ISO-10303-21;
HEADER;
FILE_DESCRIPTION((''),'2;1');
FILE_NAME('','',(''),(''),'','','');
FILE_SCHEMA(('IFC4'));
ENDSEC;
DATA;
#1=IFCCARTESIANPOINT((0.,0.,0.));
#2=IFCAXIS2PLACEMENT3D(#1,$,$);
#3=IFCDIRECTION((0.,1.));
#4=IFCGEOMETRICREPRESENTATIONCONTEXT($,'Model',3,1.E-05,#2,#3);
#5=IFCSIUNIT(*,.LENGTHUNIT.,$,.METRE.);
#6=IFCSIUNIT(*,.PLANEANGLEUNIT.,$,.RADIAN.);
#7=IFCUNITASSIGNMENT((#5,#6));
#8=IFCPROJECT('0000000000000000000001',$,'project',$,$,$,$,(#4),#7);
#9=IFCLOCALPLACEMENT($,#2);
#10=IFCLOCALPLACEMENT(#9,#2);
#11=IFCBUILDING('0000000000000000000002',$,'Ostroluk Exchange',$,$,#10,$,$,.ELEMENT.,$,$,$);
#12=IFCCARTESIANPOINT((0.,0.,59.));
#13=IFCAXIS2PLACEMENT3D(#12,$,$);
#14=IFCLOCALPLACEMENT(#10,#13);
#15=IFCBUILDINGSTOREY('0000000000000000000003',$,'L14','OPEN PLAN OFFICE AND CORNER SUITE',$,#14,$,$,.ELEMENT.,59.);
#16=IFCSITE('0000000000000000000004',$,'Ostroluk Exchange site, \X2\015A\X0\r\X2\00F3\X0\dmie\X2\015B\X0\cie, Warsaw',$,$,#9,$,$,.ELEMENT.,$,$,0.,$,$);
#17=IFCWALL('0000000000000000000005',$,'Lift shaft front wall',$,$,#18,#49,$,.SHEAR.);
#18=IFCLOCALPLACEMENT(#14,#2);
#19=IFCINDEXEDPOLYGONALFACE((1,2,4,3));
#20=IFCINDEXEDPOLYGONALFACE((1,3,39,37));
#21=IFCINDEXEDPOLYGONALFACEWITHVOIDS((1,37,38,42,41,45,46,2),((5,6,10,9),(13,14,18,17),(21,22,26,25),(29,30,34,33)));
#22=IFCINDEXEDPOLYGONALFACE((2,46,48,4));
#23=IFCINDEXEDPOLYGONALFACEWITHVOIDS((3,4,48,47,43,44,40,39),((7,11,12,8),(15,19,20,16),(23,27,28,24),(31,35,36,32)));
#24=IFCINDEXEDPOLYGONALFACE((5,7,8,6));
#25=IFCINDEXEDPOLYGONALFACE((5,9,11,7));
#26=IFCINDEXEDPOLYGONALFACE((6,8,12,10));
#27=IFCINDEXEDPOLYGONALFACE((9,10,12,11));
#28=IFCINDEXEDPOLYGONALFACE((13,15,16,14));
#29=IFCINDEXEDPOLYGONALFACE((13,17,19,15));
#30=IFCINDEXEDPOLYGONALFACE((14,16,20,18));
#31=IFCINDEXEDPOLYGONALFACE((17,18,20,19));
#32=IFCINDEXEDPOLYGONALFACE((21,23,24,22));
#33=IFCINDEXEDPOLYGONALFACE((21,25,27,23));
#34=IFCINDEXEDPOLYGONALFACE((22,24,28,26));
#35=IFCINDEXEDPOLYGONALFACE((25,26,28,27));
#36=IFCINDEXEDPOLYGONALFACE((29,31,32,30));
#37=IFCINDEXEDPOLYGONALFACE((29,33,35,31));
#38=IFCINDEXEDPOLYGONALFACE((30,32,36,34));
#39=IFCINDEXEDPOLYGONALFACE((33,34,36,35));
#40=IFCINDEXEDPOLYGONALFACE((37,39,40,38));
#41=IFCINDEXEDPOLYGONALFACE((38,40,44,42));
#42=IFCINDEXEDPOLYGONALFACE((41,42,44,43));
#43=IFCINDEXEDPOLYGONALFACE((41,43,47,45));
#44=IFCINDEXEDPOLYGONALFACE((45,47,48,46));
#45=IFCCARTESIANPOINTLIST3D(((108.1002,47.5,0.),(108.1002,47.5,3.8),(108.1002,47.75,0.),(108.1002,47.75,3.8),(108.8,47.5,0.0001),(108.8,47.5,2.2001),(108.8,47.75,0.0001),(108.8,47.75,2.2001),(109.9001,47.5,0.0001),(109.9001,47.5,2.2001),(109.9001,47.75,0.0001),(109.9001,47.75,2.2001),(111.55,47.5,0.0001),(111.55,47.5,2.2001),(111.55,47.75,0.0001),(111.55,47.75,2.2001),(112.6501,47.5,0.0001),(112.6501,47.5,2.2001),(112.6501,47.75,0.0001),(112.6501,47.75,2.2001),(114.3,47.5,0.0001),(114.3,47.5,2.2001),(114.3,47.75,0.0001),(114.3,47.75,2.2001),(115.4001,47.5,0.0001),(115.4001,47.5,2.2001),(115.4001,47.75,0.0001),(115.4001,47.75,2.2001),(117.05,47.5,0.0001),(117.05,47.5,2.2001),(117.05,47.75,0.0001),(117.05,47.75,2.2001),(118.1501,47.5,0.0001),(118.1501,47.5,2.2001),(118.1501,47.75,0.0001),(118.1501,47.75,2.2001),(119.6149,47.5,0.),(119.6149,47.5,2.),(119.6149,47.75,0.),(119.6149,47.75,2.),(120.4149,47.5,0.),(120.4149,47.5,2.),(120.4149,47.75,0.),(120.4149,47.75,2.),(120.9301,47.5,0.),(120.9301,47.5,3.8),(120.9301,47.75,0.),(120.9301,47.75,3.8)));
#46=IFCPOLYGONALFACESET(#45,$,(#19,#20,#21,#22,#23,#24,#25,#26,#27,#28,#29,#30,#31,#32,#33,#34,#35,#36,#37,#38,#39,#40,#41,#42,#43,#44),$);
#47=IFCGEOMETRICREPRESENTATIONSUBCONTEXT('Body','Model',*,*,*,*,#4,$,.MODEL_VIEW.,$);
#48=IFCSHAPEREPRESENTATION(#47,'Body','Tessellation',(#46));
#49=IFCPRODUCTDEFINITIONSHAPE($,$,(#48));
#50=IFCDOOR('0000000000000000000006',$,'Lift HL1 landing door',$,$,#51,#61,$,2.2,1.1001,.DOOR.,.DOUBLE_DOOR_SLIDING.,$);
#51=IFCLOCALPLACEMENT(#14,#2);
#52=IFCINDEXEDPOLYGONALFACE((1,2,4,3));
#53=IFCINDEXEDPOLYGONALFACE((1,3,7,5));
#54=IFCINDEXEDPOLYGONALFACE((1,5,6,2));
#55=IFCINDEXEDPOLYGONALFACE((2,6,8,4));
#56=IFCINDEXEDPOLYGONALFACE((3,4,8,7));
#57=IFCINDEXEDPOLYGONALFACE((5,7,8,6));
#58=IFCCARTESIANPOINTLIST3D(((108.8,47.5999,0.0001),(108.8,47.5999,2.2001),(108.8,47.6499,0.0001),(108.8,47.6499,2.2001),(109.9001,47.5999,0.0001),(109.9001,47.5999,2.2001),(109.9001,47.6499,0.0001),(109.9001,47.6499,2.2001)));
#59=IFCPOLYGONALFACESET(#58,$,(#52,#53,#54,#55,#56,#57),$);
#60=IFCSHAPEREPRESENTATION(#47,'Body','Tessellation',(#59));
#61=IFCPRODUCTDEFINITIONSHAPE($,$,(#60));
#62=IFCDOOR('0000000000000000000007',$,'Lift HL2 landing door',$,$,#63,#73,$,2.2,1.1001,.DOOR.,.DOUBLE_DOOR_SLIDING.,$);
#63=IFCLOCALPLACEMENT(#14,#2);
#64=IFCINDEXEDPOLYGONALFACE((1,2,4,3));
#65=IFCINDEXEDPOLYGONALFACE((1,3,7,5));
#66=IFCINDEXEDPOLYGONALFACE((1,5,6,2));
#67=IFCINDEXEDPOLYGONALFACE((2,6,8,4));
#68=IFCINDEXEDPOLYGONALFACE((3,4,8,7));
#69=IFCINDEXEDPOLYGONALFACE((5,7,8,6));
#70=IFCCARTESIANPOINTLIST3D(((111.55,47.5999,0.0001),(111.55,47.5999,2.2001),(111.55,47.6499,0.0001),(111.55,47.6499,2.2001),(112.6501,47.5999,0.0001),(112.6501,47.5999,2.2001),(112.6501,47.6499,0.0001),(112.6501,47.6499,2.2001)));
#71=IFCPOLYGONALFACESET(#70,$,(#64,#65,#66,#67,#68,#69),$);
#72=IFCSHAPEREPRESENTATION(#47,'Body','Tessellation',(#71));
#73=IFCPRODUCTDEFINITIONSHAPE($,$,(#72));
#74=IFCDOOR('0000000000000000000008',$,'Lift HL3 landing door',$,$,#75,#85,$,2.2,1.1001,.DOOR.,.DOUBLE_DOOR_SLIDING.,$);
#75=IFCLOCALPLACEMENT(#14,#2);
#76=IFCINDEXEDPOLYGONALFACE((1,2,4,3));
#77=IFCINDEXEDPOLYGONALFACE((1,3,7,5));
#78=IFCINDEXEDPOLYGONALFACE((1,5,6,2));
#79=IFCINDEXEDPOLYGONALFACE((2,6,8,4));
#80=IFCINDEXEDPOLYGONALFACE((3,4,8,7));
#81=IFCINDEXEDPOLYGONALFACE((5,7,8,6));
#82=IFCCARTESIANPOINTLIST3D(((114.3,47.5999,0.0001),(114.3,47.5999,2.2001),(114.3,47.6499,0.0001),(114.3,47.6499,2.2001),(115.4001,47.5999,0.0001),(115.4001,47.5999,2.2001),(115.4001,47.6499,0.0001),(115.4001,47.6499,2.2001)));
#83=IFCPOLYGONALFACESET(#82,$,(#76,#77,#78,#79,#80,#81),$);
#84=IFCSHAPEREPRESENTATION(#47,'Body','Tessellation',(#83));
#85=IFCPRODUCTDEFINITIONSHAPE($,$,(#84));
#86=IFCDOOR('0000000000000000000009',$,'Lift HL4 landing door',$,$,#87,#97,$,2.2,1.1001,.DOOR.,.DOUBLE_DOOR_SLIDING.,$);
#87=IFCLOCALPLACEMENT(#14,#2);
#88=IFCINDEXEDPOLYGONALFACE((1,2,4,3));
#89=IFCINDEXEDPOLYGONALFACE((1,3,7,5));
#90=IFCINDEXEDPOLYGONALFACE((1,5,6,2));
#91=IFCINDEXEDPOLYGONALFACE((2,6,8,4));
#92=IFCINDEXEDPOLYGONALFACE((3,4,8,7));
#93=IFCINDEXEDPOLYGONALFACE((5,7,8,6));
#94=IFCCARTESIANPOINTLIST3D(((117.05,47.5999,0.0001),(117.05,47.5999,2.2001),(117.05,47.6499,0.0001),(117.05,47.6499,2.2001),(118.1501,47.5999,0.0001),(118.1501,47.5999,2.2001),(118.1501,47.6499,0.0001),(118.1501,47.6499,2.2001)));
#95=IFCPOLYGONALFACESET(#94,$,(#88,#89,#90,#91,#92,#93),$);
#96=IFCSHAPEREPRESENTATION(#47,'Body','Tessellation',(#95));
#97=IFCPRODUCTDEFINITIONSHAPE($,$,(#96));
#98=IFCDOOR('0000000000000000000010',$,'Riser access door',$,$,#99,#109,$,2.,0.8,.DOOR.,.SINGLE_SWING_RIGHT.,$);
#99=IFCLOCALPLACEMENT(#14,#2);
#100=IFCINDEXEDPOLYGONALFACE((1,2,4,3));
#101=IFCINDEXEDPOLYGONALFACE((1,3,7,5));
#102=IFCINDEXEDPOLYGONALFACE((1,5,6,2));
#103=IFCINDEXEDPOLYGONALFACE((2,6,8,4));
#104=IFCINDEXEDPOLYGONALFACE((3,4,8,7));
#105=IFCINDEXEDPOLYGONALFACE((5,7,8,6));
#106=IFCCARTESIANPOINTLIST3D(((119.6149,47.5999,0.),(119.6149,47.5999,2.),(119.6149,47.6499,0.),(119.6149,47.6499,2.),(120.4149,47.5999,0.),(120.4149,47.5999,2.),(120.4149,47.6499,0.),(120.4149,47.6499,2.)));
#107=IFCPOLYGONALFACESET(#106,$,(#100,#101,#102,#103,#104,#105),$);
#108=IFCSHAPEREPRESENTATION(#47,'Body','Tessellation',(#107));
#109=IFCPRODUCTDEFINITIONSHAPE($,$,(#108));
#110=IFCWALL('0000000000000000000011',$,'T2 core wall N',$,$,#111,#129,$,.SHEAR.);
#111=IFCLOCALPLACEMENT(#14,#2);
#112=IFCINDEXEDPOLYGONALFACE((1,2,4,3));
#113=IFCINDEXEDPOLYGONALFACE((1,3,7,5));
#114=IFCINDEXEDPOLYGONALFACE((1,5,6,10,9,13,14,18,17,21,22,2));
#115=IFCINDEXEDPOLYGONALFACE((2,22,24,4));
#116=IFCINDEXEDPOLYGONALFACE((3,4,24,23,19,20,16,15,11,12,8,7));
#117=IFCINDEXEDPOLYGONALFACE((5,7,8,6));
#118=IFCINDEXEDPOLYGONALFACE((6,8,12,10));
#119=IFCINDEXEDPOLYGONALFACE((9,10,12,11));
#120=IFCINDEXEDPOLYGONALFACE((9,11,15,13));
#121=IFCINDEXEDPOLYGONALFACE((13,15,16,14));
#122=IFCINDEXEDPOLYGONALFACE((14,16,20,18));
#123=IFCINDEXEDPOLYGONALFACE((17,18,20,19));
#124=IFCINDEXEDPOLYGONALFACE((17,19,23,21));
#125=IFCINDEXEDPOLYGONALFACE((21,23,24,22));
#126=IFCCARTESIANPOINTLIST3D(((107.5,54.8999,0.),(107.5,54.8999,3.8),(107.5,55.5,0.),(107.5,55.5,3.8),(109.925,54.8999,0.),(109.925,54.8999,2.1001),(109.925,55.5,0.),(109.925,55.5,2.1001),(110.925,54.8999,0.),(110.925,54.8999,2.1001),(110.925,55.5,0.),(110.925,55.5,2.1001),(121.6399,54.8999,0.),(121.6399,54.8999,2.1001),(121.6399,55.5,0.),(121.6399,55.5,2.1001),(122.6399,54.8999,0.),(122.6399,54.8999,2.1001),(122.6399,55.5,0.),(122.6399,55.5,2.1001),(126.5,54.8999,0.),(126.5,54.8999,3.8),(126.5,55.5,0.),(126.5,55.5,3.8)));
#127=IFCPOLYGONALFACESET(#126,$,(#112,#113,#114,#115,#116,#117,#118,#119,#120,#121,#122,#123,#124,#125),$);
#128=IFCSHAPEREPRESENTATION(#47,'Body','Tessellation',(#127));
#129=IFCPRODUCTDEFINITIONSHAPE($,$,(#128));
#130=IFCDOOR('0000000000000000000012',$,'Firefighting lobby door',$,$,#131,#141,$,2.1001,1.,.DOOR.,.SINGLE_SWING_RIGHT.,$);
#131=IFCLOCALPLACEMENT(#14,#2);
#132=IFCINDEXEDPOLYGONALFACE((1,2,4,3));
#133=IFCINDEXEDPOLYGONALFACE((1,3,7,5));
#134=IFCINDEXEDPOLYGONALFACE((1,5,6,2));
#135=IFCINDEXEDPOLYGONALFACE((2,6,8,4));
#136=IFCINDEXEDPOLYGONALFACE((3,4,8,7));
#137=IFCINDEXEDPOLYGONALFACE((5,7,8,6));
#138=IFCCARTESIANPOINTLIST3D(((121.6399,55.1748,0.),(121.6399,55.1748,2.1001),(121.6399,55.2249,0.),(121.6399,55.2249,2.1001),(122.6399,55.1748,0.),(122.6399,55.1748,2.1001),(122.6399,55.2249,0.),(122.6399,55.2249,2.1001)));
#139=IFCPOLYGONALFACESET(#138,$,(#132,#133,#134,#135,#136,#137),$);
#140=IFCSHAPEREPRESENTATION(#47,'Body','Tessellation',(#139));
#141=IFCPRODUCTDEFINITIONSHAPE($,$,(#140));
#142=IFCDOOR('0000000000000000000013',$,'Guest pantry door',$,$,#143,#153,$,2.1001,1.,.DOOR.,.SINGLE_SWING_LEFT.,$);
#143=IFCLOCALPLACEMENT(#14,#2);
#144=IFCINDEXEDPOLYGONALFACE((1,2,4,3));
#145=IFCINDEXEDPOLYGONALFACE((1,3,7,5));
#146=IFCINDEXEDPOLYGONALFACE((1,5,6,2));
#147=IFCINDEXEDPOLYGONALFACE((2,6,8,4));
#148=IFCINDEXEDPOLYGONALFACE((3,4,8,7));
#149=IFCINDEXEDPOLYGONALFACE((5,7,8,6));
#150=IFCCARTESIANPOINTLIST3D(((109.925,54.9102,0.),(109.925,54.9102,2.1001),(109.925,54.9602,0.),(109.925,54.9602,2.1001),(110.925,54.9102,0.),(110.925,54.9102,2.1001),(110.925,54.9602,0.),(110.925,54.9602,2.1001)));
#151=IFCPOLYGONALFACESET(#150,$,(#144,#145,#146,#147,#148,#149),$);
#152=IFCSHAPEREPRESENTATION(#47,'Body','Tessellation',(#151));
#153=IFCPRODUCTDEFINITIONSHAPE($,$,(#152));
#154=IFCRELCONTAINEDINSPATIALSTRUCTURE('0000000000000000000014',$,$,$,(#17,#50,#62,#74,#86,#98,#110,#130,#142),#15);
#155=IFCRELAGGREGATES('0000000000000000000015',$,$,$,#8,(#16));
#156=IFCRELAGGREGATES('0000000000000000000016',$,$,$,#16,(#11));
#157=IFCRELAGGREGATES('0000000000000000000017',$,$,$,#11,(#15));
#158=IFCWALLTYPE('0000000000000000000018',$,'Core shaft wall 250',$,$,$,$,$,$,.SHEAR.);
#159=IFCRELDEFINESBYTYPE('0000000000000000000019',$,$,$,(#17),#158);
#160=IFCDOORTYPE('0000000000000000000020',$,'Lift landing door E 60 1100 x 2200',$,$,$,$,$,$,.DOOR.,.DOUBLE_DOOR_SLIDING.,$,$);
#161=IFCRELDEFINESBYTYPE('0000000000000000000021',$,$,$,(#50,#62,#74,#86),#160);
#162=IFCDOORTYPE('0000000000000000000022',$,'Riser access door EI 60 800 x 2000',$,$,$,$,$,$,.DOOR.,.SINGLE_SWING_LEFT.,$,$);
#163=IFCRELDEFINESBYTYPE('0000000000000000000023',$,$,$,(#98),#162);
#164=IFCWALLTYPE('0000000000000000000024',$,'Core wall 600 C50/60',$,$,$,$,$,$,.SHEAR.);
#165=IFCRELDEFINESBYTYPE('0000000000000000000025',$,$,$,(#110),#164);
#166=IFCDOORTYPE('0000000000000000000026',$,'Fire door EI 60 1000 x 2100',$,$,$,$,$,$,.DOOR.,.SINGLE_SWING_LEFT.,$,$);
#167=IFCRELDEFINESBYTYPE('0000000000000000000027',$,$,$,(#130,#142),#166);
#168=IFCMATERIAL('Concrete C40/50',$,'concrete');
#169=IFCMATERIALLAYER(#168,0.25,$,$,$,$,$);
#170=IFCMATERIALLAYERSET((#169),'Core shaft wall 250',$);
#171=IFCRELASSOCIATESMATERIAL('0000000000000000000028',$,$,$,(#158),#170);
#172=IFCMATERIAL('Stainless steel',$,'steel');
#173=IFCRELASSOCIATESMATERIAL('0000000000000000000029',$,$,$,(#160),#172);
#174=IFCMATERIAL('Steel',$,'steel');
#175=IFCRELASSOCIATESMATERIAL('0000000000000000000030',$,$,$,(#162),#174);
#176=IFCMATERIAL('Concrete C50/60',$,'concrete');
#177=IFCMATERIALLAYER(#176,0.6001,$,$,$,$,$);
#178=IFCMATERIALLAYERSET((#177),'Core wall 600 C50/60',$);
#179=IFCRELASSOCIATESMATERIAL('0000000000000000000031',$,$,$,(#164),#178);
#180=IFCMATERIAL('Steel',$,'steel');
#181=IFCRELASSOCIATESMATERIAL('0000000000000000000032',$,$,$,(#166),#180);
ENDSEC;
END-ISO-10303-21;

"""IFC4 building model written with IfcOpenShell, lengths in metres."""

from ifc_helpers import new_model, si_unit, direction, frame, frame_2d, origin, place, context, subcontext, project, spatial, rectangle, extrude, material, layer, layer_set, type_object, element, fill, save


model = new_model("IFC4")

# Units and contexts
model_context = context("Model", 3, precision=1e-05, world=origin(), true_north=direction((0.0, 1.0)))
body_context = subcontext(model_context, "Body", "Model", "MODEL_VIEW")
ifc_project = project(units=[si_unit("LENGTHUNIT", "METRE"), si_unit("PLANEANGLEUNIT", "RADIAN")], contexts=[model_context])

# Site, building, storey
site_placement = place(None, origin())
site = spatial("IfcSite", under=ifc_project, at=site_placement, Name="Ostroluk Exchange site, Śródmieście, Warsaw", CompositionType="ELEMENT", RefElevation=0.0)
building_placement = place(site_placement, origin())
building = spatial("IfcBuilding", under=site, at=building_placement, Name="Ostroluk Exchange", CompositionType="ELEMENT")
storey_placement = place(building_placement, frame((0.0, 0.0, 59.0)))
storey = spatial("IfcBuildingStorey", under=building, at=storey_placement, Name="L14", Description="OPEN PLAN OFFICE AND CORNER SUITE", CompositionType="ELEMENT", Elevation=59.0)

# Shared definitions
ifc_material_1 = material(Name="Concrete C40/50", Category="concrete")
ifc_layer_1 = layer(ifc_material_1, 0.25)
ifc_layer_set_1 = layer_set([ifc_layer_1], Name="Core shaft wall 250")
wall_type_1 = type_object("IfcWallType", Name="Core shaft wall 250", PredefinedType="SHEAR", material=ifc_layer_set_1)

# Walls, openings, doors
wall_1_placement = place(storey_placement, frame((108.1001, 47.625, 0.0), z_axis=(0.0, 0.0, 1.0), x_axis=(1.0, 0.0, 0.0)))
wall_1 = element("IfcWall", 1, at=wall_1_placement, inside=storey, type_object=wall_type_1, Name="Lift shaft front wall", PredefinedType="SHEAR", context=body_context, shape_type="SweptSolid", body=[
    extrude(rectangle(XDim=12.8298, YDim=0.25, at=frame_2d((6.415, 0.0))), origin(), (0.0, 0.0, 1.0), 3.8),
])
opening_1_placement = place(wall_1_placement, frame((0.7, 0.0, 0.0)))
opening_1 = element("IfcOpeningElement", 2, at=opening_1_placement, cuts=wall_1, PredefinedType="OPENING", context=body_context, shape_type="SweptSolid", body=[
    extrude(rectangle(XDim=1.1001, YDim=2.2, at=frame_2d((0.55, 1.1001))), frame((0.0, 0.135, 0.0), z_axis=(0.0, -1.0, 0.0), x_axis=(1.0, 0.0, 0.0)), (0.0, 0.0, 1.0), 0.27),
])
opening_2_placement = place(wall_1_placement, frame((3.45, 0.0, 0.0)))
opening_2 = element("IfcOpeningElement", 3, at=opening_2_placement, cuts=wall_1, PredefinedType="OPENING", context=body_context, shape_type="SweptSolid", body=[
    extrude(rectangle(XDim=1.1001, YDim=2.2, at=frame_2d((0.55, 1.1001))), frame((0.0, 0.135, 0.0), z_axis=(0.0, -1.0, 0.0), x_axis=(1.0, 0.0, 0.0)), (0.0, 0.0, 1.0), 0.27),
])
opening_3_placement = place(wall_1_placement, frame((6.2, 0.0, 0.0)))
opening_3 = element("IfcOpeningElement", 4, at=opening_3_placement, cuts=wall_1, PredefinedType="OPENING", context=body_context, shape_type="SweptSolid", body=[
    extrude(rectangle(XDim=1.1001, YDim=2.2, at=frame_2d((0.55, 1.1001))), frame((0.0, 0.135, 0.0), z_axis=(0.0, -1.0, 0.0), x_axis=(1.0, 0.0, 0.0)), (0.0, 0.0, 1.0), 0.27),
])
opening_4_placement = place(wall_1_placement, frame((8.95, 0.0, 0.0)))
opening_4 = element("IfcOpeningElement", 5, at=opening_4_placement, cuts=wall_1, PredefinedType="OPENING", context=body_context, shape_type="SweptSolid", body=[
    extrude(rectangle(XDim=1.1001, YDim=2.2, at=frame_2d((0.55, 1.1001))), frame((0.0, 0.135, 0.0), z_axis=(0.0, -1.0, 0.0), x_axis=(1.0, 0.0, 0.0)), (0.0, 0.0, 1.0), 0.27),
])
opening_5_placement = place(wall_1_placement, frame((11.5149, 0.0, 0.0)))
opening_5 = element("IfcOpeningElement", 6, at=opening_5_placement, cuts=wall_1, PredefinedType="OPENING", context=body_context, shape_type="SweptSolid", body=[
    extrude(rectangle(XDim=0.8, YDim=2.0, at=frame_2d((0.3999, 1.0))), frame((0.0, 0.135, 0.0), z_axis=(0.0, -1.0, 0.0), x_axis=(1.0, 0.0, 0.0)), (0.0, 0.0, 1.0), 0.27),
])
ifc_material_2 = material(Name="Stainless steel", Category="steel")
door_type_1 = type_object("IfcDoorType", Name="Lift landing door E 60 1100 x 2200", OperationType="DOUBLE_DOOR_SLIDING", PredefinedType="DOOR", material=ifc_material_2)
door_1_placement = place(opening_1_placement, origin())
door_1 = element("IfcDoor", 7, at=door_1_placement, inside=storey, type_object=door_type_1, Name="Lift HL1 landing door", OperationType="DOUBLE_DOOR_SLIDING", OverallHeight=2.2, OverallWidth=1.1001, PredefinedType="DOOR", context=body_context, shape_type="SweptSolid", body=[
    extrude(rectangle(XDim=1.1001, YDim=2.2, at=frame_2d((0.55, 1.1001))), frame((0.0, 0.0249, 0.0), z_axis=(0.0, -1.0, 0.0), x_axis=(1.0, 0.0, 0.0)), (0.0, 0.0, 1.0), 0.05),
])
fill(opening_1, door_1)
door_2_placement = place(opening_2_placement, origin())
door_2 = element("IfcDoor", 8, at=door_2_placement, inside=storey, type_object=door_type_1, Name="Lift HL2 landing door", OperationType="DOUBLE_DOOR_SLIDING", OverallHeight=2.2, OverallWidth=1.1001, PredefinedType="DOOR", context=body_context, shape_type="SweptSolid", body=[
    extrude(rectangle(XDim=1.1001, YDim=2.2, at=frame_2d((0.55, 1.1001))), frame((0.0, 0.0249, 0.0), z_axis=(0.0, -1.0, 0.0), x_axis=(1.0, 0.0, 0.0)), (0.0, 0.0, 1.0), 0.05),
])
fill(opening_2, door_2)
door_3_placement = place(opening_3_placement, origin())
door_3 = element("IfcDoor", 9, at=door_3_placement, inside=storey, type_object=door_type_1, Name="Lift HL3 landing door", OperationType="DOUBLE_DOOR_SLIDING", OverallHeight=2.2, OverallWidth=1.1001, PredefinedType="DOOR", context=body_context, shape_type="SweptSolid", body=[
    extrude(rectangle(XDim=1.1001, YDim=2.2, at=frame_2d((0.55, 1.1001))), frame((0.0, 0.0249, 0.0), z_axis=(0.0, -1.0, 0.0), x_axis=(1.0, 0.0, 0.0)), (0.0, 0.0, 1.0), 0.05),
])
fill(opening_3, door_3)
door_4_placement = place(opening_4_placement, origin())
door_4 = element("IfcDoor", 10, at=door_4_placement, inside=storey, type_object=door_type_1, Name="Lift HL4 landing door", OperationType="DOUBLE_DOOR_SLIDING", OverallHeight=2.2, OverallWidth=1.1001, PredefinedType="DOOR", context=body_context, shape_type="SweptSolid", body=[
    extrude(rectangle(XDim=1.1001, YDim=2.2, at=frame_2d((0.55, 1.1001))), frame((0.0, 0.0249, 0.0), z_axis=(0.0, -1.0, 0.0), x_axis=(1.0, 0.0, 0.0)), (0.0, 0.0, 1.0), 0.05),
])
fill(opening_4, door_4)
ifc_material_3 = material(Name="Steel", Category="steel")
door_type_2 = type_object("IfcDoorType", Name="Riser access door EI 60 800 x 2000", OperationType="SINGLE_SWING_LEFT", PredefinedType="DOOR", material=ifc_material_3)
door_5_placement = place(opening_5_placement, origin())
door_5 = element("IfcDoor", 11, at=door_5_placement, inside=storey, type_object=door_type_2, Name="Riser access door", OperationType="SINGLE_SWING_RIGHT", OverallHeight=2.0, OverallWidth=0.8, PredefinedType="DOOR", context=body_context, shape_type="SweptSolid", body=[
    extrude(rectangle(XDim=0.8, YDim=2.0, at=frame_2d((0.3999, 1.0))), frame((0.0, 0.0249, 0.0), z_axis=(0.0, -1.0, 0.0), x_axis=(1.0, 0.0, 0.0)), (0.0, 0.0, 1.0), 0.05),
])
fill(opening_5, door_5)
ifc_material_4 = material(Name="Concrete C50/60", Category="concrete")
ifc_layer_2 = layer(ifc_material_4, 0.6001)
ifc_layer_set_2 = layer_set([ifc_layer_2], Name="Core wall 600 C50/60")
wall_type_2 = type_object("IfcWallType", Name="Core wall 600 C50/60", PredefinedType="SHEAR", material=ifc_layer_set_2)
wall_2_placement = place(storey_placement, frame((107.5, 55.2, 0.0), z_axis=(0.0, 0.0, 1.0), x_axis=(1.0, 0.0, 0.0)))
wall_2 = element("IfcWall", 12, at=wall_2_placement, inside=storey, type_object=wall_type_2, Name="T2 core wall N", PredefinedType="SHEAR", context=body_context, shape_type="SweptSolid", body=[
    extrude(rectangle(XDim=19.0, YDim=0.6001, at=frame_2d((9.5, 0.0))), origin(), (0.0, 0.0, 1.0), 3.8),
])
opening_6_placement = place(wall_2_placement, frame((14.1399, 0.0, 0.0)))
opening_6 = element("IfcOpeningElement", 13, at=opening_6_placement, cuts=wall_2, PredefinedType="OPENING", context=body_context, shape_type="SweptSolid", body=[
    extrude(rectangle(XDim=1.0, YDim=2.1001, at=frame_2d((0.5, 1.05))), frame((0.0, 0.3101, 0.0), z_axis=(0.0, -1.0, 0.0), x_axis=(1.0, 0.0, 0.0)), (0.0, 0.0, 1.0), 0.6201),
])
opening_7_placement = place(wall_2_placement, frame((2.425, 0.0, 0.0)))
opening_7 = element("IfcOpeningElement", 14, at=opening_7_placement, cuts=wall_2, PredefinedType="OPENING", context=body_context, shape_type="SweptSolid", body=[
    extrude(rectangle(XDim=1.0, YDim=2.1001, at=frame_2d((0.5, 1.05))), frame((0.0, 0.3101, 0.0), z_axis=(0.0, -1.0, 0.0), x_axis=(1.0, 0.0, 0.0)), (0.0, 0.0, 1.0), 0.6201),
])
ifc_material_5 = material(Name="Steel", Category="steel")
door_type_3 = type_object("IfcDoorType", Name="Fire door EI 60 1000 x 2100", OperationType="SINGLE_SWING_LEFT", PredefinedType="DOOR", material=ifc_material_5)
door_6_placement = place(opening_6_placement, origin())
door_6 = element("IfcDoor", 15, at=door_6_placement, inside=storey, type_object=door_type_3, Name="Firefighting lobby door", OperationType="SINGLE_SWING_RIGHT", OverallHeight=2.1001, OverallWidth=1.0, PredefinedType="DOOR", context=body_context, shape_type="SweptSolid", body=[
    extrude(rectangle(XDim=1.0, YDim=2.1001, at=frame_2d((0.5, 1.05))), frame((0.0, 0.0249, 0.0), z_axis=(0.0, -1.0, 0.0), x_axis=(1.0, 0.0, 0.0)), (0.0, 0.0, 1.0), 0.05),
])
fill(opening_6, door_6)
door_7_placement = place(opening_7_placement, origin())
door_7 = element("IfcDoor", 16, at=door_7_placement, inside=storey, type_object=door_type_3, Name="Guest pantry door", OperationType="SINGLE_SWING_LEFT", OverallHeight=2.1001, OverallWidth=1.0, PredefinedType="DOOR", context=body_context, shape_type="SweptSolid", body=[
    extrude(rectangle(XDim=1.0, YDim=2.1001, at=frame_2d((0.5, 1.05))), frame((0.0, -0.2397, 0.0), z_axis=(0.0, -1.0, 0.0), x_axis=(1.0, 0.0, 0.0)), (0.0, 0.0, 1.0), 0.05),
])
fill(opening_7, door_7)

save(model, "model.ifc")
